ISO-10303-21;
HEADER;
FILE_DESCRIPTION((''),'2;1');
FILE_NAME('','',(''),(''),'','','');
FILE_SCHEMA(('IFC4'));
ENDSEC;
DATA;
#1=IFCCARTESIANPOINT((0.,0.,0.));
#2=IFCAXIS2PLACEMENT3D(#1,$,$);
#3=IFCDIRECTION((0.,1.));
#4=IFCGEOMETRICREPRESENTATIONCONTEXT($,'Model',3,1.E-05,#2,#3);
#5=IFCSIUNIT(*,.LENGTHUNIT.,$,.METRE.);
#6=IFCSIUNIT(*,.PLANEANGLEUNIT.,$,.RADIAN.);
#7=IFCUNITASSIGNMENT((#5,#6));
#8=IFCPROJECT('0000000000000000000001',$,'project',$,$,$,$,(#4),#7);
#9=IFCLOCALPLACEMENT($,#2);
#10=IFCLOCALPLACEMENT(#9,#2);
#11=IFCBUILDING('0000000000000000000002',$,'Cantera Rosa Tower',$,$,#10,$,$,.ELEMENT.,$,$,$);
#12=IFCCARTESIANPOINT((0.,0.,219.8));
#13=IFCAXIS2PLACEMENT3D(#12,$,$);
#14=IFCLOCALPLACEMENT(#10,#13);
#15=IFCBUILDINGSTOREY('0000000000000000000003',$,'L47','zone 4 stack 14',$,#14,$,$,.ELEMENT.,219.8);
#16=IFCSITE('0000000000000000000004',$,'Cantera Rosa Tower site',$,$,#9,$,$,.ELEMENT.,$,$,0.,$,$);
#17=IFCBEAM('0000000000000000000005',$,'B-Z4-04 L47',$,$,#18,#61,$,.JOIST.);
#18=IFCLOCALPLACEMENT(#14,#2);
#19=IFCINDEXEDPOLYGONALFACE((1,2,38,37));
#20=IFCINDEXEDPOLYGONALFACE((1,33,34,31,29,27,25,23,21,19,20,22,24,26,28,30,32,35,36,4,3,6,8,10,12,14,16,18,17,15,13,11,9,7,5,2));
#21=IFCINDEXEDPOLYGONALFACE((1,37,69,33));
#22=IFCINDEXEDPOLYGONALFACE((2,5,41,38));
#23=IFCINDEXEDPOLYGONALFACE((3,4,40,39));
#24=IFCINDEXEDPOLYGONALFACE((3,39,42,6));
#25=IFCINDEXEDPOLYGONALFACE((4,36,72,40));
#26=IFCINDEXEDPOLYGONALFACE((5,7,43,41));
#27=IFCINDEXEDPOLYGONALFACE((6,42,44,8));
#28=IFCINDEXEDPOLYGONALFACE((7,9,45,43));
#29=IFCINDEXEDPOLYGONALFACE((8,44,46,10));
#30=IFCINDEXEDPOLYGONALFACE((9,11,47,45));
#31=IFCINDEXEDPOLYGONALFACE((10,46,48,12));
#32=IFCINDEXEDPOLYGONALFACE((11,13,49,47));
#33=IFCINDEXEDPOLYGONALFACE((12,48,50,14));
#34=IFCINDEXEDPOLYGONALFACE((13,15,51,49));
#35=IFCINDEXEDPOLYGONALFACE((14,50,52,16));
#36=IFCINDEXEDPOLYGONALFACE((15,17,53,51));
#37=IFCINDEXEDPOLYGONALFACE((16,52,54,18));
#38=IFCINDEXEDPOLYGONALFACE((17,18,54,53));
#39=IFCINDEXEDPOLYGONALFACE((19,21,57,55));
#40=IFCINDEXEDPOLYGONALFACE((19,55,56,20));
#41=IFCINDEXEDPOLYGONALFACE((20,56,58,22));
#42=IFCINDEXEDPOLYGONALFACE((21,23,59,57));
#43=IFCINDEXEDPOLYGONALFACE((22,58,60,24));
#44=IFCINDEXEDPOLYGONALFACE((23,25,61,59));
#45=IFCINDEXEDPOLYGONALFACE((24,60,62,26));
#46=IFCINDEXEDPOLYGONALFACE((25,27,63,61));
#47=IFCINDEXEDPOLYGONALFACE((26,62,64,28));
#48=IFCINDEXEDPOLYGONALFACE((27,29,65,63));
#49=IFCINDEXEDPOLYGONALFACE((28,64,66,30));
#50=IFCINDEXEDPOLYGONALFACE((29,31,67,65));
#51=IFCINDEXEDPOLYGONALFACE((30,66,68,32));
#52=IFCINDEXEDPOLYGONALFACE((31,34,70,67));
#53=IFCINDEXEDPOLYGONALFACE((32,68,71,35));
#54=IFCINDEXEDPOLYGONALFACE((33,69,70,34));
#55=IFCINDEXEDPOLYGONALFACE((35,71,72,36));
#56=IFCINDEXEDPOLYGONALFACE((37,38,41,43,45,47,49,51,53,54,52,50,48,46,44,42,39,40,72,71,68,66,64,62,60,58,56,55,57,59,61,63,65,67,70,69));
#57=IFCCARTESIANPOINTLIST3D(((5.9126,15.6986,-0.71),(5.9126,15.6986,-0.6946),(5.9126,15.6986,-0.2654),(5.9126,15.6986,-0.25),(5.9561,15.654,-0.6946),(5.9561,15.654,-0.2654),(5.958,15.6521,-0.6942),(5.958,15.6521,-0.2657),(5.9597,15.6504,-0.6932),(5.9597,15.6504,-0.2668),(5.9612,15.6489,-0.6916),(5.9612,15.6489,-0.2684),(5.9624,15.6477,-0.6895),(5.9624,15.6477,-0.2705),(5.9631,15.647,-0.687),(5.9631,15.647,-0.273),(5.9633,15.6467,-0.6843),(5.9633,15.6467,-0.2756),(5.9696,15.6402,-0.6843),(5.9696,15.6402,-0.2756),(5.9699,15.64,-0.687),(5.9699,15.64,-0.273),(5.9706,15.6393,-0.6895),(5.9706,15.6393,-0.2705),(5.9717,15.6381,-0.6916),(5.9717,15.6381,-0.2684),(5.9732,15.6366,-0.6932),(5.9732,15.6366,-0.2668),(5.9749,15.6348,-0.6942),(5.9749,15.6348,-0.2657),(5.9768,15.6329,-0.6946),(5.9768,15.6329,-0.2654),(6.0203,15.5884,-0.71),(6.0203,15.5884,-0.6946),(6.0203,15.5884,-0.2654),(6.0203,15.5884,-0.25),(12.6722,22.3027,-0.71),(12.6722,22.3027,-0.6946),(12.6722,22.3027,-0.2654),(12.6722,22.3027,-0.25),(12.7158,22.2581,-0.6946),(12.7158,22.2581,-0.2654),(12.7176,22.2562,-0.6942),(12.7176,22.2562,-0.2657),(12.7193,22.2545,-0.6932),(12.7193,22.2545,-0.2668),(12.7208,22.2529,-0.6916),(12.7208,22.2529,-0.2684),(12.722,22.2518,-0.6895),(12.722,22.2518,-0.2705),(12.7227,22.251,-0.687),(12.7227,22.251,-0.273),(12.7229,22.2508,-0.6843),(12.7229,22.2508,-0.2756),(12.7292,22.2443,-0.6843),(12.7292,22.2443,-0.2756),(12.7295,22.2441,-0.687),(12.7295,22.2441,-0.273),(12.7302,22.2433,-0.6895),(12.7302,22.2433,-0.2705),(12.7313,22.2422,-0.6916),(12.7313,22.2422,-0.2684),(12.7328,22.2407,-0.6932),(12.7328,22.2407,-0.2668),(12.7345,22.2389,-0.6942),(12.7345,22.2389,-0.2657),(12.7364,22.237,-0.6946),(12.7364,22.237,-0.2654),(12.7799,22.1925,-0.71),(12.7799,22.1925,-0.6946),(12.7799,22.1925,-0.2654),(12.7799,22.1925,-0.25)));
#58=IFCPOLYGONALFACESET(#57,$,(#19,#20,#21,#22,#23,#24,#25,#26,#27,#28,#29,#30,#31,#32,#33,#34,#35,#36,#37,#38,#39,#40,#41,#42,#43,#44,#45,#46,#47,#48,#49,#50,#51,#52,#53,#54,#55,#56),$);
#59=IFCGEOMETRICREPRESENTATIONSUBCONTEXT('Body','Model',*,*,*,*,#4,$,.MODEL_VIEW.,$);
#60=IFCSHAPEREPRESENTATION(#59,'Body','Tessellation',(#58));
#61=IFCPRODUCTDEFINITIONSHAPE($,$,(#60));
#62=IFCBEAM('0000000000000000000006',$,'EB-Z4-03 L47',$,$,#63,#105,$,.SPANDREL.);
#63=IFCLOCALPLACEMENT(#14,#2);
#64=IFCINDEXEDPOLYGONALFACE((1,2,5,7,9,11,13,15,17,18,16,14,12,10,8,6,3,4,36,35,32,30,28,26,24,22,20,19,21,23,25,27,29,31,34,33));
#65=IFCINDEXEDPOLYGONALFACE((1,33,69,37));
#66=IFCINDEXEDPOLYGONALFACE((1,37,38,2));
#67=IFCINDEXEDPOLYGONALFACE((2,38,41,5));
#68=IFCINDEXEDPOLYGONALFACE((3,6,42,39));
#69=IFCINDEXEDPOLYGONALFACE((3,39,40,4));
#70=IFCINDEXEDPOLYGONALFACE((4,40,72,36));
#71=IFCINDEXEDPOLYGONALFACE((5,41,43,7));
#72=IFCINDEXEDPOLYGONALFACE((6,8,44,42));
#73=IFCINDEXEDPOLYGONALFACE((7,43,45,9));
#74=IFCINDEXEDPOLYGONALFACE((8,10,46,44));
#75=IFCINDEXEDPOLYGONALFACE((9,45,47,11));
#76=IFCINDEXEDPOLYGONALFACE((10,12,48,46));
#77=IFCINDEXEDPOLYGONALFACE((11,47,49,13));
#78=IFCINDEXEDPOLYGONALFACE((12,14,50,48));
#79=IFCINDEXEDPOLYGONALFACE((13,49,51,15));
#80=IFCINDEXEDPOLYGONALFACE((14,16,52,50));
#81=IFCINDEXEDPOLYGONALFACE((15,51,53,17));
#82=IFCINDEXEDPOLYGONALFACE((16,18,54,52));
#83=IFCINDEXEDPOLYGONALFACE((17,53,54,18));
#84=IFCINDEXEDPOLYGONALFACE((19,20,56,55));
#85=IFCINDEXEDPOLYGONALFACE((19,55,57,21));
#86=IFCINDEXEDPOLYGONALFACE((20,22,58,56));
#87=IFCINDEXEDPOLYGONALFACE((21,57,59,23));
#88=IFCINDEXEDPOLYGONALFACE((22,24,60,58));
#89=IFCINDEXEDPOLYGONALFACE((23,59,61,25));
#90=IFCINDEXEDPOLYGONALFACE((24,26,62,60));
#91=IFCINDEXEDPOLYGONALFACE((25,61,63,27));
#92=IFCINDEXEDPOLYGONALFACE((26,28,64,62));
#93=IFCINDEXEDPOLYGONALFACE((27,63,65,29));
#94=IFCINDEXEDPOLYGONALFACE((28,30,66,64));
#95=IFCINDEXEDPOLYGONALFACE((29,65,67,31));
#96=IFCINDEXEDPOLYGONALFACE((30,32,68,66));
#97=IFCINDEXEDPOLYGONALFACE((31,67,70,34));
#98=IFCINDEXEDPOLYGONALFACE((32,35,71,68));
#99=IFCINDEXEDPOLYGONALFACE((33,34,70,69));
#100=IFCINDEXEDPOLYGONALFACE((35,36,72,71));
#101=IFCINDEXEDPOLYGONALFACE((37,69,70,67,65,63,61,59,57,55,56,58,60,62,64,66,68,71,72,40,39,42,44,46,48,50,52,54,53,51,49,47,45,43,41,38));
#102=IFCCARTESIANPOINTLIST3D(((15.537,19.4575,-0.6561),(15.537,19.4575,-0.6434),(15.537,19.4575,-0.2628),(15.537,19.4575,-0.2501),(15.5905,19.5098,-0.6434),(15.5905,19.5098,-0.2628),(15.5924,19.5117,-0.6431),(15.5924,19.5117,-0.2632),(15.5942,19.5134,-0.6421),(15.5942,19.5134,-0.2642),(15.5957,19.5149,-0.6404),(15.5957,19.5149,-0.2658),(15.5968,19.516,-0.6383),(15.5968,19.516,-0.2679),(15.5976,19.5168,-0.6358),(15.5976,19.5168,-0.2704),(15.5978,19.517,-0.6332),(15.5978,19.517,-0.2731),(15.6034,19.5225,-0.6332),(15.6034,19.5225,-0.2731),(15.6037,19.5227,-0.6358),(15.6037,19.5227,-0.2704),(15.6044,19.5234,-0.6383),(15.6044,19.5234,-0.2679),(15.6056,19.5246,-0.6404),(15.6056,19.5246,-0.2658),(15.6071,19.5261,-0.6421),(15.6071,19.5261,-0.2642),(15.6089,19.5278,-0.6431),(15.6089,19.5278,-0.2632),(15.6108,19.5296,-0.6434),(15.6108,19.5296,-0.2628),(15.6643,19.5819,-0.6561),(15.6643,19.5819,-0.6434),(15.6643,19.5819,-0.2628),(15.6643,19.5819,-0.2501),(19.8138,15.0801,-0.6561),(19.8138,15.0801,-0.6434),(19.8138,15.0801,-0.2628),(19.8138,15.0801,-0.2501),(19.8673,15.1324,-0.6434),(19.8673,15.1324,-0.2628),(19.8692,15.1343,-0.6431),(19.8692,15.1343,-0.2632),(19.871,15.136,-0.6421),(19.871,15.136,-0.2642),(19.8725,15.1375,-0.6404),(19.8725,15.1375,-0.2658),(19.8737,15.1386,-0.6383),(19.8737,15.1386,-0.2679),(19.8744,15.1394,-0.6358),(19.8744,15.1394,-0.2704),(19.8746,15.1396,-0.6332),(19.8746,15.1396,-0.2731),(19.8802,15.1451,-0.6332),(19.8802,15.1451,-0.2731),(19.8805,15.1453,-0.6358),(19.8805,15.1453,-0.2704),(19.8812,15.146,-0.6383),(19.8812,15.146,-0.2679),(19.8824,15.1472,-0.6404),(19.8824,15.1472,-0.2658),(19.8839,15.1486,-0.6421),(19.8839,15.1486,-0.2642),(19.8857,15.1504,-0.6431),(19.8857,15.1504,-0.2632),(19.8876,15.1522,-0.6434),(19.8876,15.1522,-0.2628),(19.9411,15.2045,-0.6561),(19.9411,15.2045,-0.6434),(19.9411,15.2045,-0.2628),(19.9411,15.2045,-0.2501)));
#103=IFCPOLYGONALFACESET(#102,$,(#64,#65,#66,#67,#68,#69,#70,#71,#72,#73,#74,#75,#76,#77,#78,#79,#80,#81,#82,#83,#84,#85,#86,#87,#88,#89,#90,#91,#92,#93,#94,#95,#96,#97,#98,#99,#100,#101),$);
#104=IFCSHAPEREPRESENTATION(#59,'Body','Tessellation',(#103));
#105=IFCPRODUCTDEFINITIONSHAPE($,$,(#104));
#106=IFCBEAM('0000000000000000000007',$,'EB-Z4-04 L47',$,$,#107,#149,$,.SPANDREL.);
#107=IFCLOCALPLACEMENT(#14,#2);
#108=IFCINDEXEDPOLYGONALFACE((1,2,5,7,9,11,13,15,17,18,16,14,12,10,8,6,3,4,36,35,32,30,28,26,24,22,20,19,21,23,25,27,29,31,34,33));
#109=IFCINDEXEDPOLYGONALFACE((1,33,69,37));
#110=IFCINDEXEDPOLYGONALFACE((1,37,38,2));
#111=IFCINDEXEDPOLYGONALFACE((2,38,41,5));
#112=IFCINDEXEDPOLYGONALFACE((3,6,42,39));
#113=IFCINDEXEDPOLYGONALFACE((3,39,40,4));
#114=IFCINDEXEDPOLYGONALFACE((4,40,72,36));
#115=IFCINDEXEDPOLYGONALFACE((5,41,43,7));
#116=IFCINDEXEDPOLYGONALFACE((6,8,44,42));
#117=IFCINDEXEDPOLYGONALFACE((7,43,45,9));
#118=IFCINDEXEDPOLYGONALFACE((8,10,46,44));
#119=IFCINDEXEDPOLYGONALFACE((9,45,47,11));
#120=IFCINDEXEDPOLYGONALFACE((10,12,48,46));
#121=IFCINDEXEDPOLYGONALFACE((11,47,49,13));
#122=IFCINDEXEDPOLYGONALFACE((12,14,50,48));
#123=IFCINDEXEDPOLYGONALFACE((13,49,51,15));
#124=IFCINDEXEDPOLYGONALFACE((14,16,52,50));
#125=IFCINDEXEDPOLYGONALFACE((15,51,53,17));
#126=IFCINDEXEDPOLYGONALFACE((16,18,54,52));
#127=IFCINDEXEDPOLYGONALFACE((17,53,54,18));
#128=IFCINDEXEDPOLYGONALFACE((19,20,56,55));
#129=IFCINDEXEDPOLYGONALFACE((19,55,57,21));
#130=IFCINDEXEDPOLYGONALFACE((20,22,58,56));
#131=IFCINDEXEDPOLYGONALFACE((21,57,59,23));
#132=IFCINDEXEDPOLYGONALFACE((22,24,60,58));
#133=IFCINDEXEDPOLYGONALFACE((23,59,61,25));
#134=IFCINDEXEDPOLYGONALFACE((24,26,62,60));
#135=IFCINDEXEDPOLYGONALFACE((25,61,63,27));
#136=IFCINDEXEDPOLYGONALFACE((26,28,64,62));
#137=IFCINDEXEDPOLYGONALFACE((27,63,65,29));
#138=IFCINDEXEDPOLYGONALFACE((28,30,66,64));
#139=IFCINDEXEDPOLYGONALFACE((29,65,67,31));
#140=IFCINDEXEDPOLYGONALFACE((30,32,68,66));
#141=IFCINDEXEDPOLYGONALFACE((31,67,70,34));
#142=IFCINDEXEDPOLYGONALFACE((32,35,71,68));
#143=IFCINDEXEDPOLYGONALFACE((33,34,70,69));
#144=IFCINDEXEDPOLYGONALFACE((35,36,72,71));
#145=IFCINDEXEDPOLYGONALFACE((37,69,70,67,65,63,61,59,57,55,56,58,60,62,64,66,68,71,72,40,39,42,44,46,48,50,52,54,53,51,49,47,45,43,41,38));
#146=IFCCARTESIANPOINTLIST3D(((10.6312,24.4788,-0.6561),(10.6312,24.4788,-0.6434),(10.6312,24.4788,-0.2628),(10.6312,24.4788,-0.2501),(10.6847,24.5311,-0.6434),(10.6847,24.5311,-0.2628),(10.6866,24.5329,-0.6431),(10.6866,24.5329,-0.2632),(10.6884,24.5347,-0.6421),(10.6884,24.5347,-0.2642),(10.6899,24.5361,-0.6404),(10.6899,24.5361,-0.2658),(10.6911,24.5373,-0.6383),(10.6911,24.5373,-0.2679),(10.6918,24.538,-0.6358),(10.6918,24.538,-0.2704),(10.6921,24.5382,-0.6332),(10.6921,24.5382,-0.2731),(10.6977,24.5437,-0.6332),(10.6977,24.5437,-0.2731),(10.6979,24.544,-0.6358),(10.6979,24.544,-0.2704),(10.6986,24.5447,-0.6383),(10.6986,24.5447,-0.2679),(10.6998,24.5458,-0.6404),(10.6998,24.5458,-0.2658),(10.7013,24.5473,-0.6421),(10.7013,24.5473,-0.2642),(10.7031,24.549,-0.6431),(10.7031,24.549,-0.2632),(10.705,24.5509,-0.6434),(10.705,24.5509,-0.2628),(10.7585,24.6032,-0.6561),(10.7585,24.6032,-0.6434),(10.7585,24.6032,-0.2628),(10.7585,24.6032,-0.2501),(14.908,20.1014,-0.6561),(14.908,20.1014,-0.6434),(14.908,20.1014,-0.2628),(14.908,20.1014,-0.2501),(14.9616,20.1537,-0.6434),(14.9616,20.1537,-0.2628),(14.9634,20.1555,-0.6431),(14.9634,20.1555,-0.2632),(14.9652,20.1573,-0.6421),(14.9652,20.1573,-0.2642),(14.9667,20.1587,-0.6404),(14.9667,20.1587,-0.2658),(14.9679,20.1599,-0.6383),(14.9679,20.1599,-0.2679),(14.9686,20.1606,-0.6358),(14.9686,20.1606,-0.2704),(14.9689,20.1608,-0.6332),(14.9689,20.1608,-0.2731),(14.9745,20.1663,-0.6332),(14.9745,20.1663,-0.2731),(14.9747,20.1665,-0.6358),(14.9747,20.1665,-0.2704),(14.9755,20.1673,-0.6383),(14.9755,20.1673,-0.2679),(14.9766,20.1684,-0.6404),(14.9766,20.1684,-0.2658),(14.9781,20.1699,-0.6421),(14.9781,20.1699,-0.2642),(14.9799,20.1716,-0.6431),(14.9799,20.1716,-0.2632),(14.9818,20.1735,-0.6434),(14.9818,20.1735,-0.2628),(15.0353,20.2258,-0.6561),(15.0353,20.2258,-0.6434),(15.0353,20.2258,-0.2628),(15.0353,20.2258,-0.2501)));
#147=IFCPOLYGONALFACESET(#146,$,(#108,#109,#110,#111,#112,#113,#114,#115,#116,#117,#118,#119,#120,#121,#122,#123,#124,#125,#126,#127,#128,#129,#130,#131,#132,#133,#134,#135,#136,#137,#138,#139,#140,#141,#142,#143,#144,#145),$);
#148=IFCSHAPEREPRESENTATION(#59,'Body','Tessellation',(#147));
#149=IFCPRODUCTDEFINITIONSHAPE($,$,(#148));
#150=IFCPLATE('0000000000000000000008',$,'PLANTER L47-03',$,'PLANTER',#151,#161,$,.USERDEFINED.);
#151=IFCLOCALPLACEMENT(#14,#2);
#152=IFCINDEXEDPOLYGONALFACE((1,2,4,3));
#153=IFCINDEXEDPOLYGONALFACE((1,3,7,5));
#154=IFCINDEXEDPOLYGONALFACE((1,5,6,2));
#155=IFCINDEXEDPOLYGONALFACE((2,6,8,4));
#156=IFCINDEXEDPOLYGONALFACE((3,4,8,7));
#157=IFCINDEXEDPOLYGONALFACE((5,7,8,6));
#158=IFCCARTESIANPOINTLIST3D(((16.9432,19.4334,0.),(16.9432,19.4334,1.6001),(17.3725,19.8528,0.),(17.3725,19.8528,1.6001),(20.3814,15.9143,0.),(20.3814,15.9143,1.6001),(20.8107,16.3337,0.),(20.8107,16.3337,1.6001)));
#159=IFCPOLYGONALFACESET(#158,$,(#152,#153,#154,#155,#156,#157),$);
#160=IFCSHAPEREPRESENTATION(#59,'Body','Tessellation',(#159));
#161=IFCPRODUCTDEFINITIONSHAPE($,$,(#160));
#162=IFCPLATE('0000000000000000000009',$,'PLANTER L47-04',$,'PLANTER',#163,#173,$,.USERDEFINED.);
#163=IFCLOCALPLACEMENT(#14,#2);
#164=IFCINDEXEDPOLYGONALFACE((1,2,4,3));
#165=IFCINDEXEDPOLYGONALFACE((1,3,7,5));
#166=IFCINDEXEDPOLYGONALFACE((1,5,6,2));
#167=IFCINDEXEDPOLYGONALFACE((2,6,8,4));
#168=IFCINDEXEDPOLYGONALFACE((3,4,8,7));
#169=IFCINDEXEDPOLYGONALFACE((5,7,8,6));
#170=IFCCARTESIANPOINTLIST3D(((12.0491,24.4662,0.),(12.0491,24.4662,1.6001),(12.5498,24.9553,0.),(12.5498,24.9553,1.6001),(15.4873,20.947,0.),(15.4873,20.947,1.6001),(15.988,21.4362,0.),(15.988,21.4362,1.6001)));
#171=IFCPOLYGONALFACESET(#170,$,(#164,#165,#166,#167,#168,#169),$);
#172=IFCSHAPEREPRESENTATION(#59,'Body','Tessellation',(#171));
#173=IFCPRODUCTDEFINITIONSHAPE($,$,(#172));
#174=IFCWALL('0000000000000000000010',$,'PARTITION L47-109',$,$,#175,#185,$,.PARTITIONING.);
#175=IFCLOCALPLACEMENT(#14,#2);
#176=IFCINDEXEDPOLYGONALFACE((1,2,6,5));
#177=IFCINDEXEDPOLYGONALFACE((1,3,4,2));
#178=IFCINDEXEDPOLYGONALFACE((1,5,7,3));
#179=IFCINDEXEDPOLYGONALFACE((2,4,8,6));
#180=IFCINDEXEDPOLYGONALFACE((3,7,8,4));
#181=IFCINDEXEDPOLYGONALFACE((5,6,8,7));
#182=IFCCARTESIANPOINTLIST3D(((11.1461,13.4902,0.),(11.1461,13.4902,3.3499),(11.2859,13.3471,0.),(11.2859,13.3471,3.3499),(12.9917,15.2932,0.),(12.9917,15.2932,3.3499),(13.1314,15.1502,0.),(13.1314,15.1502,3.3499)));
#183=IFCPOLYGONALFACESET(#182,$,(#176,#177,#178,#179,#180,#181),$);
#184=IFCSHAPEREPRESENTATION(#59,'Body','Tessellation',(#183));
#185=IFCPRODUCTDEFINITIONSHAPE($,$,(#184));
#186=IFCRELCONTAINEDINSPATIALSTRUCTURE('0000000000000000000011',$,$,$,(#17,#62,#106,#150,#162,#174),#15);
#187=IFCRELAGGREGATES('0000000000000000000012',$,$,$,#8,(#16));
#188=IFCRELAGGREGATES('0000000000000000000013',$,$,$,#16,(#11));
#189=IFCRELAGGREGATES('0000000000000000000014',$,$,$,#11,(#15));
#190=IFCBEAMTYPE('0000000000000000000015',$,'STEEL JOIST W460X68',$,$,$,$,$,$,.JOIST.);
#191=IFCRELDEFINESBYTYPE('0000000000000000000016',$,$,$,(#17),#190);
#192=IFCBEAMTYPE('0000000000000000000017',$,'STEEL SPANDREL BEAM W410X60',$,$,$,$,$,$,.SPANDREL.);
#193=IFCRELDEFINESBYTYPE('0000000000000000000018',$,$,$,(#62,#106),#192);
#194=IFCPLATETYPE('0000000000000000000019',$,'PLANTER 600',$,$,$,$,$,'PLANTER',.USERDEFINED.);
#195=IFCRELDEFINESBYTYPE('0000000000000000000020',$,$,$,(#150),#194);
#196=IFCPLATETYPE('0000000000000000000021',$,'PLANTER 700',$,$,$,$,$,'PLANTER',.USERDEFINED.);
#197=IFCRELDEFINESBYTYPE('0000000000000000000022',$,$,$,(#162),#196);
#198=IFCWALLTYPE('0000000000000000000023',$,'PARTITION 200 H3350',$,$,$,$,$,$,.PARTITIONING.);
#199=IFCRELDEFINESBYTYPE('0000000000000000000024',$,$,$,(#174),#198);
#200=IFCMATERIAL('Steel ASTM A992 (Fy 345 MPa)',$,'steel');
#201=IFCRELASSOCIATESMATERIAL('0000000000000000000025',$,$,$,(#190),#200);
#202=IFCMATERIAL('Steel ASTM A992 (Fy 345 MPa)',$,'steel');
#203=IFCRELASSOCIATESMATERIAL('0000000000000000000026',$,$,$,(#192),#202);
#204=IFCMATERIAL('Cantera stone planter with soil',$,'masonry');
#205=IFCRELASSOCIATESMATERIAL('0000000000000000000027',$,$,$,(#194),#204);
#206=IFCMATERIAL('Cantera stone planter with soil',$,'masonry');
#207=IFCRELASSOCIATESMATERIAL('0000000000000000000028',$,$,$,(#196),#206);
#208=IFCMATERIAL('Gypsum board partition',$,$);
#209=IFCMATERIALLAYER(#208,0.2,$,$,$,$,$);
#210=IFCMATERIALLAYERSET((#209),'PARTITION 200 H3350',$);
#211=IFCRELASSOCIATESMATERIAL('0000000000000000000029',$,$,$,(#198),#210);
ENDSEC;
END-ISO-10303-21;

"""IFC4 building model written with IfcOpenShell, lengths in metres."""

from ifc_helpers import new_model, si_unit, direction, frame, frame_2d, origin, origin_2d, place, context, subcontext, project, spatial, rectangle, i_section, extrude, material, layer, layer_set, material_profile, profile_set, type_object, element, save


model = new_model("IFC4")

# Units and contexts
model_context = context("Model", 3, precision=1e-05, world=origin(), true_north=direction((0.0, 1.0)))
body_context = subcontext(model_context, "Body", "Model", "MODEL_VIEW")
ifc_project = project(units=[si_unit("LENGTHUNIT", "METRE"), si_unit("PLANEANGLEUNIT", "RADIAN")], contexts=[model_context])

# Site, building, storey
site_placement = place(None, origin())
site = spatial("IfcSite", under=ifc_project, at=site_placement, Name="Cantera Rosa Tower site", CompositionType="ELEMENT", RefElevation=0.0)
building_placement = place(site_placement, origin())
building = spatial("IfcBuilding", under=site, at=building_placement, Name="Cantera Rosa Tower", CompositionType="ELEMENT")
storey_placement = place(building_placement, frame((0.0, 0.0, 219.8)))
storey = spatial("IfcBuildingStorey", under=building, at=storey_placement, Name="L47", Description="zone 4 stack 14", CompositionType="ELEMENT", Elevation=219.8)

# Beams
ifc_material_1 = material(Name="Steel ASTM A992 (Fy 345 MPa)", Category="steel")
ifc_material_profile_1 = material_profile(ifc_material_1, i_section(OverallWidth=0.1541, OverallDepth=0.46, WebThickness=0.009, FlangeThickness=0.0154, FilletRadius=0.0103, at=origin_2d()), Name="W460X68")
ifc_profile_set_1 = profile_set([ifc_material_profile_1], Name="Steel ASTM A992 (Fy 345 MPa)")
beam_type_1 = type_object("IfcBeamType", Name="STEEL JOIST W460X68", PredefinedType="JOIST", material=ifc_profile_set_1)
for number, where, z_axis, x_axis, name in (
    (1, (12.7261, 22.2476, -0.48), (-0.715287, -0.698831, 0.0), (0.698831, -0.715287, 0.0), "B-Z4-04 L47"),
):
    element("IfcBeam", number, at=place(storey_placement, frame(where, z_axis=z_axis, x_axis=x_axis)), inside=storey, type_object=beam_type_1, Name=name, PredefinedType="JOIST", context=body_context, shape_type="SweptSolid", body=[
        extrude(i_section(OverallWidth=0.1541, OverallDepth=0.46, WebThickness=0.009, FlangeThickness=0.0154, FilletRadius=0.0103, at=origin_2d()), origin(), (0.0, 0.0, 1.0), 9.4502),
    ])
ifc_material_2 = material(Name="Steel ASTM A992 (Fy 345 MPa)", Category="steel")
ifc_material_profile_2 = material_profile(ifc_material_2, i_section(OverallWidth=0.178, OverallDepth=0.406, WebThickness=0.0078, FlangeThickness=0.0127, FilletRadius=0.0103, at=origin_2d()), Name="W410X60")
ifc_profile_set_2 = profile_set([ifc_material_profile_2], Name="Steel ASTM A992 (Fy 345 MPa)")
beam_type_2 = type_object("IfcBeamType", Name="STEEL SPANDREL BEAM W410X60", PredefinedType="SPANDREL", material=ifc_profile_set_2)
for number, where, z_axis, x_axis, name in (
    (2, (19.8774, 15.1423, -0.4531), (-0.698841, 0.715277, 0.0), (-0.715277, -0.698841, 0.0), "EB-Z4-03 L47"),
    (3, (14.9717, 20.1636, -0.4531), (-0.698841, 0.715277, 0.0), (-0.715277, -0.698841, 0.0), "EB-Z4-04 L47"),
):
    element("IfcBeam", number, at=place(storey_placement, frame(where, z_axis=z_axis, x_axis=x_axis)), inside=storey, type_object=beam_type_2, Name=name, PredefinedType="SPANDREL", context=body_context, shape_type="SweptSolid", body=[
        extrude(i_section(OverallWidth=0.178, OverallDepth=0.406, WebThickness=0.0078, FlangeThickness=0.0127, FilletRadius=0.0103, at=origin_2d()), origin(), (0.0, 0.0, 1.0), 6.1199),
    ])

# Plates
ifc_material_3 = material(Name="Cantera stone planter with soil", Category="masonry")
plate_type_1 = type_object("IfcPlateType", Name="PLANTER 600", ElementType="PLANTER", PredefinedType="USERDEFINED", material=ifc_material_3)
plate_1_placement = place(storey_placement, frame((18.877, 17.8835, 0.0), z_axis=(0.0, 0.0, 1.0), x_axis=(-0.698832, 0.715286, 0.0)))
element("IfcPlate", 4, at=plate_1_placement, inside=storey, type_object=plate_type_1, Name="PLANTER L47-03", ObjectType="PLANTER", PredefinedType="USERDEFINED", context=body_context, shape_type="SweptSolid", body=[
    extrude(rectangle(XDim=4.9199, YDim=0.6001, at=origin_2d()), origin(), (0.0, 0.0, 1.0), 1.6001),
])
ifc_material_4 = material(Name="Cantera stone planter with soil", Category="masonry")
plate_type_2 = type_object("IfcPlateType", Name="PLANTER 700", ElementType="PLANTER", PredefinedType="USERDEFINED", material=ifc_material_4)
plate_2_placement = place(storey_placement, frame((14.0186, 22.9512, 0.0), z_axis=(0.0, 0.0, 1.0), x_axis=(-0.698832, 0.715286, 0.0)))
element("IfcPlate", 5, at=plate_2_placement, inside=storey, type_object=plate_type_2, Name="PLANTER L47-04", ObjectType="PLANTER", PredefinedType="USERDEFINED", context=body_context, shape_type="SweptSolid", body=[
    extrude(rectangle(XDim=4.9199, YDim=0.7, at=origin_2d()), origin(), (0.0, 0.0, 1.0), 1.6001),
])

# Wall
ifc_material_5 = material(Name="Gypsum board partition")
ifc_layer_1 = layer(ifc_material_5, 0.2)
ifc_layer_set_1 = layer_set([ifc_layer_1], Name="PARTITION 200 H3350")
wall_type_1 = type_object("IfcWallType", Name="PARTITION 200 H3350", PredefinedType="PARTITIONING", material=ifc_layer_set_1)
wall_1_placement = place(storey_placement, frame((13.0615, 15.2217, 0.0), z_axis=(0.0, 0.0, 1.0), x_axis=(-0.715291, -0.698826, 0.0)))
element("IfcWall", 6, at=wall_1_placement, inside=storey, type_object=wall_type_1, Name="PARTITION L47-109", PredefinedType="PARTITIONING", context=body_context, shape_type="SweptSolid", body=[
    extrude(rectangle(XDim=2.5801, YDim=0.2, at=frame_2d((1.29, 0.0))), origin(), (0.0, 0.0, 1.0), 3.3499),
])

save(model, "model.ifc")
